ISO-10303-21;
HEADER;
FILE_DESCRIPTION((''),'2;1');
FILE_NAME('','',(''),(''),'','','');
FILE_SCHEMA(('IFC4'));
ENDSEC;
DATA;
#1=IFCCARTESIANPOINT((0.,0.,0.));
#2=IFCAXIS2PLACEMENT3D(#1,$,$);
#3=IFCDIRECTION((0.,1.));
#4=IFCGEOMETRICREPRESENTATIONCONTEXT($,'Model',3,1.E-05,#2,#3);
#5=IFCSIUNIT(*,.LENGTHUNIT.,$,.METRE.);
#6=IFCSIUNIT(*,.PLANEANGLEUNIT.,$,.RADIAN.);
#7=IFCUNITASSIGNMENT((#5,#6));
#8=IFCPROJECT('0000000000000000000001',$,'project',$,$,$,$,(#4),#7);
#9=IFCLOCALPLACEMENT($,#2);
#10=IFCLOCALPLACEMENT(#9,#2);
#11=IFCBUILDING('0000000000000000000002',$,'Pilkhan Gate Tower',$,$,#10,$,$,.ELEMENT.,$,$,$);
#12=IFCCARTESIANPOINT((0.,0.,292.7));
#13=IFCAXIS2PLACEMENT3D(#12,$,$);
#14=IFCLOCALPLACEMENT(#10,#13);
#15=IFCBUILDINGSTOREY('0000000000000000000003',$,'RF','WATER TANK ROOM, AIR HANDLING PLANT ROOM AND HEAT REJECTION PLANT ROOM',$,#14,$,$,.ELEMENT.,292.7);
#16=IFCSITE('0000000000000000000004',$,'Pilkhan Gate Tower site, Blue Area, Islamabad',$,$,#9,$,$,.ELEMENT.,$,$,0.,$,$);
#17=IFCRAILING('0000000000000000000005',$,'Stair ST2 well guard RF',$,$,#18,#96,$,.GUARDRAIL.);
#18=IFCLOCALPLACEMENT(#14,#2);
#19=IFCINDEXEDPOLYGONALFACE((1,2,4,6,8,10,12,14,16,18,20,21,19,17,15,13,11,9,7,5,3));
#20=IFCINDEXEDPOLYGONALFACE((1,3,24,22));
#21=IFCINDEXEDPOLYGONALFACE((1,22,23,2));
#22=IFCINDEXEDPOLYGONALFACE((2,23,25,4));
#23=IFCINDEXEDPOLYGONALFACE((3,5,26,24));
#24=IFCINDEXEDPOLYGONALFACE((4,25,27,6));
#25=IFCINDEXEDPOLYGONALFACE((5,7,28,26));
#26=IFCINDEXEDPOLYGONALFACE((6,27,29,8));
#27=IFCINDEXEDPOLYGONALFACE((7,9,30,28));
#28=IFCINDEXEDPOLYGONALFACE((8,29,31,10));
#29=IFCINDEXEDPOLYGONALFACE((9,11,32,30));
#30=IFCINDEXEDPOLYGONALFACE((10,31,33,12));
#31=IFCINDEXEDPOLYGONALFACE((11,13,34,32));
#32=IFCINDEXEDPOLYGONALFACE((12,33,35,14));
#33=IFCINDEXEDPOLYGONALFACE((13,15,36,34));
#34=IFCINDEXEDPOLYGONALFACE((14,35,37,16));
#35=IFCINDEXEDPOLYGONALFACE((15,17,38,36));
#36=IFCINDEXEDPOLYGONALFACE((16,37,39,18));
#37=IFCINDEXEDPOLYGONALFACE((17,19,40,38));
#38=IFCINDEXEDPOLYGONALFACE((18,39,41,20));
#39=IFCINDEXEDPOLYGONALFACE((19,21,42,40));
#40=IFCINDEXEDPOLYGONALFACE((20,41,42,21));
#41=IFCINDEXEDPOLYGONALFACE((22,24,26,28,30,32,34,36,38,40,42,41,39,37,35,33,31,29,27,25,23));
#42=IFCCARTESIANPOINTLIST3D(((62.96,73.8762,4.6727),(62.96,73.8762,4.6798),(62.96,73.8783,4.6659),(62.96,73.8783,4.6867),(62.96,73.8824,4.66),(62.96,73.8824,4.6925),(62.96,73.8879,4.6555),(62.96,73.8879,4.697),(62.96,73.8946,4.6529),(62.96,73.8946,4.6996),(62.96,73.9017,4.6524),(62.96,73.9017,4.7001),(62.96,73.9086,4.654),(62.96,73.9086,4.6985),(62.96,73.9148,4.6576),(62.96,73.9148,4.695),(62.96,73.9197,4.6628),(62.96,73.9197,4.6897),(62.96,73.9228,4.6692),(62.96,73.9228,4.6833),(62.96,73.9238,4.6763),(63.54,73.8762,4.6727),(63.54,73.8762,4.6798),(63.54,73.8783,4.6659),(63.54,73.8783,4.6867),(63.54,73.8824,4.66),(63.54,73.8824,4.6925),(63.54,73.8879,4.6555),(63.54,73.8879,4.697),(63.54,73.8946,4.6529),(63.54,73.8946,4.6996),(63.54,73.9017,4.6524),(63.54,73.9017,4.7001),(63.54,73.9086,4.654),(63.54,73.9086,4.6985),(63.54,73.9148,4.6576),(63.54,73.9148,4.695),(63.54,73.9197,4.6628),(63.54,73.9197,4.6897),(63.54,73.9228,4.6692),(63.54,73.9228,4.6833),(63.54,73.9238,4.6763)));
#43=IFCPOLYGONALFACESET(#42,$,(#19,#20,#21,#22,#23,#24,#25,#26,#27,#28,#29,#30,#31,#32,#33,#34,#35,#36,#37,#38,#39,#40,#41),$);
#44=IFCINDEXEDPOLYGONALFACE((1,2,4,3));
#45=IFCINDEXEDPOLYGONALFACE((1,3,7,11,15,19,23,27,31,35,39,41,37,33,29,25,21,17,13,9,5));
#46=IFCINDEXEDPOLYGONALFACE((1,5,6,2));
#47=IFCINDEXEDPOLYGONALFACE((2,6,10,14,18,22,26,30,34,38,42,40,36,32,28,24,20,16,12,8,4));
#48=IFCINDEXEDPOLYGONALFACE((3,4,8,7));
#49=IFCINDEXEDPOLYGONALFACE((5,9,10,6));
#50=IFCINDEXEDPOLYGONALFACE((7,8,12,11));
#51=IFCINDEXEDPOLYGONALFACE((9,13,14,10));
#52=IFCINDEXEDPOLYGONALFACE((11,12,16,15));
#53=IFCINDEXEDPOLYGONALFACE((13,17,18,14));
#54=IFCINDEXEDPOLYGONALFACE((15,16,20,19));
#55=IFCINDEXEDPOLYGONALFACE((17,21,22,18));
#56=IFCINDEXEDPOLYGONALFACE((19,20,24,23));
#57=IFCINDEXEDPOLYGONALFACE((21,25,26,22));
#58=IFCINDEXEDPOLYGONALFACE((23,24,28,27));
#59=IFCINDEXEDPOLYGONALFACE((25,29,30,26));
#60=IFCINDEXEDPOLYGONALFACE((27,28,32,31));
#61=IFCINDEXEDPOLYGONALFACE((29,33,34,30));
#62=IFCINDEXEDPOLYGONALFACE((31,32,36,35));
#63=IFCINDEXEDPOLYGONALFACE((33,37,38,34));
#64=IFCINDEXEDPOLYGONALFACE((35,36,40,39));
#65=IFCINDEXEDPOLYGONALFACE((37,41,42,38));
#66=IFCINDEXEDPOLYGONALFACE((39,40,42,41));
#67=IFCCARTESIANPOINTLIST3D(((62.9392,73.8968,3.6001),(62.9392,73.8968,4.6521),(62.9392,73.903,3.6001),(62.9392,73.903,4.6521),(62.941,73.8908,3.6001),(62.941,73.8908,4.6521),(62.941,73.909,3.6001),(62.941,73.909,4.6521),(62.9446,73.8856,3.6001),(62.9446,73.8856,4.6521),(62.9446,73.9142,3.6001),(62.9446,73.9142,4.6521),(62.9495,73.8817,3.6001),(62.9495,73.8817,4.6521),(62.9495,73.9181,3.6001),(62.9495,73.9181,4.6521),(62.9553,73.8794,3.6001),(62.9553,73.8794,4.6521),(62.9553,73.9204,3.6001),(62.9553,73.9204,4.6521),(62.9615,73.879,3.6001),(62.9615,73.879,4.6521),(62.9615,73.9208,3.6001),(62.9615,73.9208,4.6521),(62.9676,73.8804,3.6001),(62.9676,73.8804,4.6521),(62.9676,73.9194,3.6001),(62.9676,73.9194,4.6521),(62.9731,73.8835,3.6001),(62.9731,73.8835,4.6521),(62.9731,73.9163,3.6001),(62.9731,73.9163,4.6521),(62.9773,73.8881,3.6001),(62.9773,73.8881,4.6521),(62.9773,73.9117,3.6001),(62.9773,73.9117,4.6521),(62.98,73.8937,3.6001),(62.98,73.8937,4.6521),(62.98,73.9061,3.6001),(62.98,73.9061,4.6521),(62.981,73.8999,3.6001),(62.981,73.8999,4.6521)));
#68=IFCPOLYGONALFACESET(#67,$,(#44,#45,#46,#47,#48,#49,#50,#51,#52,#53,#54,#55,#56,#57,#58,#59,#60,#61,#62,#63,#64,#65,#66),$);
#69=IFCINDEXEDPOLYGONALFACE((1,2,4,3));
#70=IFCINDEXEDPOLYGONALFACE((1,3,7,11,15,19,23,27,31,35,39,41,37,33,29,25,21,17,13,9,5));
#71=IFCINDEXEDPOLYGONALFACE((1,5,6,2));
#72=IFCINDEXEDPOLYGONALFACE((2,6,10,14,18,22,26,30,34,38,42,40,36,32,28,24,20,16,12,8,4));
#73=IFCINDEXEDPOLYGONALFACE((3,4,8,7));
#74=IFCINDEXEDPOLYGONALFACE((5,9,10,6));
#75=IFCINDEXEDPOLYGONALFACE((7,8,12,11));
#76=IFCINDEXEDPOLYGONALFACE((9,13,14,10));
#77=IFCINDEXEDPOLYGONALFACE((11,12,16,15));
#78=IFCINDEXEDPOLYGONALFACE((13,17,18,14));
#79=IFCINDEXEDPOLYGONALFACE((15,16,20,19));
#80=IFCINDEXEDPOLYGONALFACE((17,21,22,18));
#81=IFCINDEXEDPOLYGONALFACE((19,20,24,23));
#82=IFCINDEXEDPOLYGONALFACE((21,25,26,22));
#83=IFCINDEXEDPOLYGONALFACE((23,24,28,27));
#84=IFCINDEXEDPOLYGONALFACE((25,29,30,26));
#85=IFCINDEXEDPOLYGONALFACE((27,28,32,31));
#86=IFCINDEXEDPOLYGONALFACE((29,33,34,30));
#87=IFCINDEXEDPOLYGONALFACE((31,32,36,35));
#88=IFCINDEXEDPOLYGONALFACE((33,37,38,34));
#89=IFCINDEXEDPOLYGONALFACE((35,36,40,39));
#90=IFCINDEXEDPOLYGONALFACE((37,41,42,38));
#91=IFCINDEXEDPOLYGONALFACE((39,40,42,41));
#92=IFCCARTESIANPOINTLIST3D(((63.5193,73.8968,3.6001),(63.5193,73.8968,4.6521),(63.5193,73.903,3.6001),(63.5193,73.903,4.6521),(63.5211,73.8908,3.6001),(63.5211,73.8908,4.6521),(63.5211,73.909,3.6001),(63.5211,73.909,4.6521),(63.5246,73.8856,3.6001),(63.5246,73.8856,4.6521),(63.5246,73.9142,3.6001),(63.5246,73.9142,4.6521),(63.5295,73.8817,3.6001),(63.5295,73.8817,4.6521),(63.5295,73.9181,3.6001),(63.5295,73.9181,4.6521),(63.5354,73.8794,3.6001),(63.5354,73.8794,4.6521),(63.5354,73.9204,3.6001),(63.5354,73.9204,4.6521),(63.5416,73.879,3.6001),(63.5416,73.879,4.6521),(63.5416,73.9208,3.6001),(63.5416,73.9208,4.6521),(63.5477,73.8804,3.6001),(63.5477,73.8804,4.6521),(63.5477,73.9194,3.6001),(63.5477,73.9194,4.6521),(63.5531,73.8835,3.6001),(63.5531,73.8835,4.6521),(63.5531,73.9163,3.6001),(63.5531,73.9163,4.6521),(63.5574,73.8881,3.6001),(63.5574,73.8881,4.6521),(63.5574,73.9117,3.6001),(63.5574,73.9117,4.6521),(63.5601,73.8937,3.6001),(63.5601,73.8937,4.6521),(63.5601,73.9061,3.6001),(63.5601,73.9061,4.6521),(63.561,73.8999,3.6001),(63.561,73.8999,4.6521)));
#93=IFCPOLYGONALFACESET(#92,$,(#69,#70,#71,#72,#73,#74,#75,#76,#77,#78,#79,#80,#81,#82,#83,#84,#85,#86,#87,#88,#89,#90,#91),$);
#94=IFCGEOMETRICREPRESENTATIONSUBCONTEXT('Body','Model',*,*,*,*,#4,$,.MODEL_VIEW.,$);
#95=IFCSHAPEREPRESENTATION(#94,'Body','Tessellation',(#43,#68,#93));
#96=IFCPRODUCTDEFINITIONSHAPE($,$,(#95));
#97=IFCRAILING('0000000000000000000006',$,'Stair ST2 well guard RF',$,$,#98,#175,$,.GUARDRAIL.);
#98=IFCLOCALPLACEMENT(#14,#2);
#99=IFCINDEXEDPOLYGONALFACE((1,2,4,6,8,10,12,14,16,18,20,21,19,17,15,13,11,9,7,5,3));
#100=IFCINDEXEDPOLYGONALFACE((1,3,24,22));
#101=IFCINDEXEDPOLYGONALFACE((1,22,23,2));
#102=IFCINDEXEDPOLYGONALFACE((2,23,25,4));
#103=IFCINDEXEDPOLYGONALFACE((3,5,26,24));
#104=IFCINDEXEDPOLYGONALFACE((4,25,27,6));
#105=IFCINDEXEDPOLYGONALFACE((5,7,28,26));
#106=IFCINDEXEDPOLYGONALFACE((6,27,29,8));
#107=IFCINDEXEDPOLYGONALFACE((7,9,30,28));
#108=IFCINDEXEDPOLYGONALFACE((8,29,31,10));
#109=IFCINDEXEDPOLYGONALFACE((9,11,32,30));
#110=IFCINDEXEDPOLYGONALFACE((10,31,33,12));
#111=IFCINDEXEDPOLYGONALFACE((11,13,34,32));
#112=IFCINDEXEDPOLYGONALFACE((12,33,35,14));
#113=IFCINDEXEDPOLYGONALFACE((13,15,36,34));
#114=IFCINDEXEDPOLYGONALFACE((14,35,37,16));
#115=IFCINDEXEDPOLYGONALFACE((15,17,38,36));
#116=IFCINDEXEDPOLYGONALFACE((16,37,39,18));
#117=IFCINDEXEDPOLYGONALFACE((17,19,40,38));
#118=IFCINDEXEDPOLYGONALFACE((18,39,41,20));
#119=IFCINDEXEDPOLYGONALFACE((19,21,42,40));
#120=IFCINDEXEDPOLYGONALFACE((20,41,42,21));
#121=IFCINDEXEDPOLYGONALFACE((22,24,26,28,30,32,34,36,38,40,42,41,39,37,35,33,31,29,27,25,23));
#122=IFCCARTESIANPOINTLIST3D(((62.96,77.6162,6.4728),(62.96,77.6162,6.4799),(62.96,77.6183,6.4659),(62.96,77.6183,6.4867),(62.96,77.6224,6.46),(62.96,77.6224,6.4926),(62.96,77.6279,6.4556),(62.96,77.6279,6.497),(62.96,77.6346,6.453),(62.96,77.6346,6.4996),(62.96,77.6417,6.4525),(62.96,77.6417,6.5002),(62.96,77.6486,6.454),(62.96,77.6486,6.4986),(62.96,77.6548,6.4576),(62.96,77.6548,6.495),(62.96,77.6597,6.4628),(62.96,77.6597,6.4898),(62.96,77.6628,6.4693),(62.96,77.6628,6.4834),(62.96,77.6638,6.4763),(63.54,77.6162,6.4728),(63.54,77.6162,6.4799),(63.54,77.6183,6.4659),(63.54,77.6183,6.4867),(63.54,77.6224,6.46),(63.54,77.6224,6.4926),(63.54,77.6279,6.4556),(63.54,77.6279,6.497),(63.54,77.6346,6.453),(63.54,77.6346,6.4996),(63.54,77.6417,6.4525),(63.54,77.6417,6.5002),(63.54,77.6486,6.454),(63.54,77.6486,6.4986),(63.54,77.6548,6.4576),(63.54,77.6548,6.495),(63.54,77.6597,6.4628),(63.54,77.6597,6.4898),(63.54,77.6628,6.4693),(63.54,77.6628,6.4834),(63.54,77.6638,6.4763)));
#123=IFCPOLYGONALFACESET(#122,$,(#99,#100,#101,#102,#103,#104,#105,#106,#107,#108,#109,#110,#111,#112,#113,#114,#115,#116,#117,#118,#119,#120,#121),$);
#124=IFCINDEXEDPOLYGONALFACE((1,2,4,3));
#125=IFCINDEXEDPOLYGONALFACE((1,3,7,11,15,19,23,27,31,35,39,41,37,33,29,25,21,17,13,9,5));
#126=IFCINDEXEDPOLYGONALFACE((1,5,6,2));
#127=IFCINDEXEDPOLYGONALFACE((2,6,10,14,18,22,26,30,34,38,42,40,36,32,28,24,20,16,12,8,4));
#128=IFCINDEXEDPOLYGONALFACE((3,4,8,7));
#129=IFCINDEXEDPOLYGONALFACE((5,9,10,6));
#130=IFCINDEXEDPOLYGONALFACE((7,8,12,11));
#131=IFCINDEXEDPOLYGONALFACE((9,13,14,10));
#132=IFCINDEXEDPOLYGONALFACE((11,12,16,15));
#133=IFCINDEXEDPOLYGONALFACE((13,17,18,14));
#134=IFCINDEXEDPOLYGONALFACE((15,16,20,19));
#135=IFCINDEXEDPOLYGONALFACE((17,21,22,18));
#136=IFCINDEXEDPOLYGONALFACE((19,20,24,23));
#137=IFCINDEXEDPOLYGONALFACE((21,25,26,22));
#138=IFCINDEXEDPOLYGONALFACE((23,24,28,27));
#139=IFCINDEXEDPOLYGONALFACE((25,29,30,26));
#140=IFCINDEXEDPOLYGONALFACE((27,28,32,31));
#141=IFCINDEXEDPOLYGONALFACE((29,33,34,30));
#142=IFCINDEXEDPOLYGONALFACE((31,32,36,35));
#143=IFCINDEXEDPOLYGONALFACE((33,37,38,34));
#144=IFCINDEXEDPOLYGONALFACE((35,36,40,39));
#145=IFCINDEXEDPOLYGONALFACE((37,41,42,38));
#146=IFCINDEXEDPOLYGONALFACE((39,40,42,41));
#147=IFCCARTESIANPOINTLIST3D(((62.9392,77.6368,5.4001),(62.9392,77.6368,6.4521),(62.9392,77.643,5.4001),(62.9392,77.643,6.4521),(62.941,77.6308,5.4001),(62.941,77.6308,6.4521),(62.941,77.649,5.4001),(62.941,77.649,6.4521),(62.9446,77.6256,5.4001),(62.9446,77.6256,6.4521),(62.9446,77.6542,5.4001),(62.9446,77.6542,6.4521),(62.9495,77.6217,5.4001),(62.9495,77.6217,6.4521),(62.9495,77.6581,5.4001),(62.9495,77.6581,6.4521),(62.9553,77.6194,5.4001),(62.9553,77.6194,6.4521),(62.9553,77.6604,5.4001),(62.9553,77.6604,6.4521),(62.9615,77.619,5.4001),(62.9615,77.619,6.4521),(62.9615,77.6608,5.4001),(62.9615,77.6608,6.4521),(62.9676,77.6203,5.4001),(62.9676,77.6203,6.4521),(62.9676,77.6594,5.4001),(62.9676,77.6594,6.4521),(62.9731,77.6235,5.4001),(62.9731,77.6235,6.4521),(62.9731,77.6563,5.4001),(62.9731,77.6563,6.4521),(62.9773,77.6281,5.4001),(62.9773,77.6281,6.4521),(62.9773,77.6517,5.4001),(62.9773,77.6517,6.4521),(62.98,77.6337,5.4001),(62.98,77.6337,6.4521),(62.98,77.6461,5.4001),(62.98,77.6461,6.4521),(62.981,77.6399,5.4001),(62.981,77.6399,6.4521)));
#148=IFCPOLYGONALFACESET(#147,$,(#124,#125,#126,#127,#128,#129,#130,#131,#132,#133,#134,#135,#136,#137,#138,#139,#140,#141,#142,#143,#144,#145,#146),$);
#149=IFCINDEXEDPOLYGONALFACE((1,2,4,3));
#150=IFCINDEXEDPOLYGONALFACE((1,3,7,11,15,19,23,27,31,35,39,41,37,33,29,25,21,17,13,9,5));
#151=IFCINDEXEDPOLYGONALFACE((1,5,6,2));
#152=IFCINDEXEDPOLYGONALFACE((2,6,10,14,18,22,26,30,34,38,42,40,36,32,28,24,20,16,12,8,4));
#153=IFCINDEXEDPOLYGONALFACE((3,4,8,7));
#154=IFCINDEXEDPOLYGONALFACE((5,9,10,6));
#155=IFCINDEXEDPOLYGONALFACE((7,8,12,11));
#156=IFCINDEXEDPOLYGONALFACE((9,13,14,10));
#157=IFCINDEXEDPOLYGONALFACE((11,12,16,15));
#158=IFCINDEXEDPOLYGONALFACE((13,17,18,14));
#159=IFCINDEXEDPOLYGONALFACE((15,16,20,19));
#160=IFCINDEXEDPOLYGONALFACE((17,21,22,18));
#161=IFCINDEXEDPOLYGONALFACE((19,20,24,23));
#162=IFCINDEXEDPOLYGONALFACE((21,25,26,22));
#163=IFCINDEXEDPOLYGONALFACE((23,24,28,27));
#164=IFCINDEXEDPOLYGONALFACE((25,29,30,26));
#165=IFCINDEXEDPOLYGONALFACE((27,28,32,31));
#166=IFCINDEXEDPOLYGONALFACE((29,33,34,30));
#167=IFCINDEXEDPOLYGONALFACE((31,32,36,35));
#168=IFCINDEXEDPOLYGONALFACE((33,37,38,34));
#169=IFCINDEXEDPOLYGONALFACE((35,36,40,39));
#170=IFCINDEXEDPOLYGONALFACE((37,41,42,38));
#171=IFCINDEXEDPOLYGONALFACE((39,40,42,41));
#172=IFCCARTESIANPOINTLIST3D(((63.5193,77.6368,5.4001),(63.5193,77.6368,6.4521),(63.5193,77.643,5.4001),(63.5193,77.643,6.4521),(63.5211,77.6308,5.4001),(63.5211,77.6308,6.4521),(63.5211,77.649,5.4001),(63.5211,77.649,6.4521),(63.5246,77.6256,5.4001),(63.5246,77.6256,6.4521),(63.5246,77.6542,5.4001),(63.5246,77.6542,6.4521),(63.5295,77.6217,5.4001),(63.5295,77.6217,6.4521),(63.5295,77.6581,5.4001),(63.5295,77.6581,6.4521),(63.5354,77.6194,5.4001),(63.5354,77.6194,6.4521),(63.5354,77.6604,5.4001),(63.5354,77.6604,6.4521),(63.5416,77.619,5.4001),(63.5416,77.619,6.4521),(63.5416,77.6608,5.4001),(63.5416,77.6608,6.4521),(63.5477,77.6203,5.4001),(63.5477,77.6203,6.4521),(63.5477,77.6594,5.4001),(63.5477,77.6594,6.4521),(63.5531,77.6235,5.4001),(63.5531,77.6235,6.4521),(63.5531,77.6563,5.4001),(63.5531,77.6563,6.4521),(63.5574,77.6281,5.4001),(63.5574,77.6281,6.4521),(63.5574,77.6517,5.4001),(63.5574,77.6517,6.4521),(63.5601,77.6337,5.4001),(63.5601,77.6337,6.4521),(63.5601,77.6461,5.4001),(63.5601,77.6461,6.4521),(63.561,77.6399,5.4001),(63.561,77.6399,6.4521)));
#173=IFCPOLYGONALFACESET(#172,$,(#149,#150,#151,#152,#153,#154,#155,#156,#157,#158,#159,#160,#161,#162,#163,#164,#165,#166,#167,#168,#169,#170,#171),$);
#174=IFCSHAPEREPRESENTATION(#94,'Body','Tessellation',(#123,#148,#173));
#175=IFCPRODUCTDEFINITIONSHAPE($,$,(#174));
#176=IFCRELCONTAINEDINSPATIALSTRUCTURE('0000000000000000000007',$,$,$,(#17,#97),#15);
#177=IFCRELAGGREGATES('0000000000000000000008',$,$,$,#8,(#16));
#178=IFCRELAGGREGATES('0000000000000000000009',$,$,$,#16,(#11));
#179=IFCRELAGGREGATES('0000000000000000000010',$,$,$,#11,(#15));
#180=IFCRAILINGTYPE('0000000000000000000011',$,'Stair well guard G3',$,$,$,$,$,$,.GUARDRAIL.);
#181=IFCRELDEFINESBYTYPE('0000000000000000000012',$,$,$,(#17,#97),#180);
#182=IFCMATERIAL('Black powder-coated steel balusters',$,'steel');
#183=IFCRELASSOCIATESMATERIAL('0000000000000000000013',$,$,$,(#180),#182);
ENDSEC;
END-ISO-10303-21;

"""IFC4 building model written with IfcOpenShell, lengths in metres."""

from ifc_helpers import new_model, si_unit, direction, frame, origin, origin_2d, place, context, subcontext, project, spatial, circle, extrude, material, type_object, element, save


model = new_model("IFC4")

# Units and contexts
model_context = context("Model", 3, precision=1e-05, world=origin(), true_north=direction((0.0, 1.0)))
body_context = subcontext(model_context, "Body", "Model", "MODEL_VIEW")
ifc_project = project(units=[si_unit("LENGTHUNIT", "METRE"), si_unit("PLANEANGLEUNIT", "RADIAN")], contexts=[model_context])

# Site, building, storey
site_placement = place(None, origin())
site = spatial("IfcSite", under=ifc_project, at=site_placement, Name="Pilkhan Gate Tower site, Blue Area, Islamabad", CompositionType="ELEMENT", RefElevation=0.0)
building_placement = place(site_placement, origin())
building = spatial("IfcBuilding", under=site, at=building_placement, Name="Pilkhan Gate Tower", CompositionType="ELEMENT")
storey_placement = place(building_placement, frame((0.0, 0.0, 292.7)))
storey = spatial("IfcBuildingStorey", under=building, at=storey_placement, Name="RF", Description="WATER TANK ROOM, AIR HANDLING PLANT ROOM AND HEAT REJECTION PLANT ROOM", CompositionType="ELEMENT", Elevation=292.7)

# Railings
ifc_material_1 = material(Name="Black powder-coated steel balusters", Category="steel")
railing_type_1 = type_object("IfcRailingType", Name="Stair well guard G3", PredefinedType="GUARDRAIL", material=ifc_material_1)
for number, where, name in (
    (1, (62.96, 73.8999, 3.6001), "Stair ST2 well guard RF"),
    (2, (62.96, 77.6399, 5.4001), "Stair ST2 well guard RF"),
):
    element("IfcRailing", number, at=place(storey_placement, frame(where)), inside=storey, type_object=railing_type_1, Name=name, PredefinedType="GUARDRAIL", context=body_context, shape_type="SweptSolid", body=[
        extrude(circle(Radius=0.0239, at=origin_2d()), frame((0.0, 0.0, 1.0762), z_axis=(1.0, 0.0, 0.0), x_axis=(0.0, 1.0, 0.0)), (0.0, 0.0, 1.0), 0.5801),
        extrude(circle(Radius=0.021, at=origin_2d()), origin(), (0.0, 0.0, 1.0), 1.052),
        extrude(circle(Radius=0.021, at=origin_2d()), frame((0.5801, 0.0, 0.0)), (0.0, 0.0, 1.0), 1.052),
    ])

save(model, "model.ifc")
